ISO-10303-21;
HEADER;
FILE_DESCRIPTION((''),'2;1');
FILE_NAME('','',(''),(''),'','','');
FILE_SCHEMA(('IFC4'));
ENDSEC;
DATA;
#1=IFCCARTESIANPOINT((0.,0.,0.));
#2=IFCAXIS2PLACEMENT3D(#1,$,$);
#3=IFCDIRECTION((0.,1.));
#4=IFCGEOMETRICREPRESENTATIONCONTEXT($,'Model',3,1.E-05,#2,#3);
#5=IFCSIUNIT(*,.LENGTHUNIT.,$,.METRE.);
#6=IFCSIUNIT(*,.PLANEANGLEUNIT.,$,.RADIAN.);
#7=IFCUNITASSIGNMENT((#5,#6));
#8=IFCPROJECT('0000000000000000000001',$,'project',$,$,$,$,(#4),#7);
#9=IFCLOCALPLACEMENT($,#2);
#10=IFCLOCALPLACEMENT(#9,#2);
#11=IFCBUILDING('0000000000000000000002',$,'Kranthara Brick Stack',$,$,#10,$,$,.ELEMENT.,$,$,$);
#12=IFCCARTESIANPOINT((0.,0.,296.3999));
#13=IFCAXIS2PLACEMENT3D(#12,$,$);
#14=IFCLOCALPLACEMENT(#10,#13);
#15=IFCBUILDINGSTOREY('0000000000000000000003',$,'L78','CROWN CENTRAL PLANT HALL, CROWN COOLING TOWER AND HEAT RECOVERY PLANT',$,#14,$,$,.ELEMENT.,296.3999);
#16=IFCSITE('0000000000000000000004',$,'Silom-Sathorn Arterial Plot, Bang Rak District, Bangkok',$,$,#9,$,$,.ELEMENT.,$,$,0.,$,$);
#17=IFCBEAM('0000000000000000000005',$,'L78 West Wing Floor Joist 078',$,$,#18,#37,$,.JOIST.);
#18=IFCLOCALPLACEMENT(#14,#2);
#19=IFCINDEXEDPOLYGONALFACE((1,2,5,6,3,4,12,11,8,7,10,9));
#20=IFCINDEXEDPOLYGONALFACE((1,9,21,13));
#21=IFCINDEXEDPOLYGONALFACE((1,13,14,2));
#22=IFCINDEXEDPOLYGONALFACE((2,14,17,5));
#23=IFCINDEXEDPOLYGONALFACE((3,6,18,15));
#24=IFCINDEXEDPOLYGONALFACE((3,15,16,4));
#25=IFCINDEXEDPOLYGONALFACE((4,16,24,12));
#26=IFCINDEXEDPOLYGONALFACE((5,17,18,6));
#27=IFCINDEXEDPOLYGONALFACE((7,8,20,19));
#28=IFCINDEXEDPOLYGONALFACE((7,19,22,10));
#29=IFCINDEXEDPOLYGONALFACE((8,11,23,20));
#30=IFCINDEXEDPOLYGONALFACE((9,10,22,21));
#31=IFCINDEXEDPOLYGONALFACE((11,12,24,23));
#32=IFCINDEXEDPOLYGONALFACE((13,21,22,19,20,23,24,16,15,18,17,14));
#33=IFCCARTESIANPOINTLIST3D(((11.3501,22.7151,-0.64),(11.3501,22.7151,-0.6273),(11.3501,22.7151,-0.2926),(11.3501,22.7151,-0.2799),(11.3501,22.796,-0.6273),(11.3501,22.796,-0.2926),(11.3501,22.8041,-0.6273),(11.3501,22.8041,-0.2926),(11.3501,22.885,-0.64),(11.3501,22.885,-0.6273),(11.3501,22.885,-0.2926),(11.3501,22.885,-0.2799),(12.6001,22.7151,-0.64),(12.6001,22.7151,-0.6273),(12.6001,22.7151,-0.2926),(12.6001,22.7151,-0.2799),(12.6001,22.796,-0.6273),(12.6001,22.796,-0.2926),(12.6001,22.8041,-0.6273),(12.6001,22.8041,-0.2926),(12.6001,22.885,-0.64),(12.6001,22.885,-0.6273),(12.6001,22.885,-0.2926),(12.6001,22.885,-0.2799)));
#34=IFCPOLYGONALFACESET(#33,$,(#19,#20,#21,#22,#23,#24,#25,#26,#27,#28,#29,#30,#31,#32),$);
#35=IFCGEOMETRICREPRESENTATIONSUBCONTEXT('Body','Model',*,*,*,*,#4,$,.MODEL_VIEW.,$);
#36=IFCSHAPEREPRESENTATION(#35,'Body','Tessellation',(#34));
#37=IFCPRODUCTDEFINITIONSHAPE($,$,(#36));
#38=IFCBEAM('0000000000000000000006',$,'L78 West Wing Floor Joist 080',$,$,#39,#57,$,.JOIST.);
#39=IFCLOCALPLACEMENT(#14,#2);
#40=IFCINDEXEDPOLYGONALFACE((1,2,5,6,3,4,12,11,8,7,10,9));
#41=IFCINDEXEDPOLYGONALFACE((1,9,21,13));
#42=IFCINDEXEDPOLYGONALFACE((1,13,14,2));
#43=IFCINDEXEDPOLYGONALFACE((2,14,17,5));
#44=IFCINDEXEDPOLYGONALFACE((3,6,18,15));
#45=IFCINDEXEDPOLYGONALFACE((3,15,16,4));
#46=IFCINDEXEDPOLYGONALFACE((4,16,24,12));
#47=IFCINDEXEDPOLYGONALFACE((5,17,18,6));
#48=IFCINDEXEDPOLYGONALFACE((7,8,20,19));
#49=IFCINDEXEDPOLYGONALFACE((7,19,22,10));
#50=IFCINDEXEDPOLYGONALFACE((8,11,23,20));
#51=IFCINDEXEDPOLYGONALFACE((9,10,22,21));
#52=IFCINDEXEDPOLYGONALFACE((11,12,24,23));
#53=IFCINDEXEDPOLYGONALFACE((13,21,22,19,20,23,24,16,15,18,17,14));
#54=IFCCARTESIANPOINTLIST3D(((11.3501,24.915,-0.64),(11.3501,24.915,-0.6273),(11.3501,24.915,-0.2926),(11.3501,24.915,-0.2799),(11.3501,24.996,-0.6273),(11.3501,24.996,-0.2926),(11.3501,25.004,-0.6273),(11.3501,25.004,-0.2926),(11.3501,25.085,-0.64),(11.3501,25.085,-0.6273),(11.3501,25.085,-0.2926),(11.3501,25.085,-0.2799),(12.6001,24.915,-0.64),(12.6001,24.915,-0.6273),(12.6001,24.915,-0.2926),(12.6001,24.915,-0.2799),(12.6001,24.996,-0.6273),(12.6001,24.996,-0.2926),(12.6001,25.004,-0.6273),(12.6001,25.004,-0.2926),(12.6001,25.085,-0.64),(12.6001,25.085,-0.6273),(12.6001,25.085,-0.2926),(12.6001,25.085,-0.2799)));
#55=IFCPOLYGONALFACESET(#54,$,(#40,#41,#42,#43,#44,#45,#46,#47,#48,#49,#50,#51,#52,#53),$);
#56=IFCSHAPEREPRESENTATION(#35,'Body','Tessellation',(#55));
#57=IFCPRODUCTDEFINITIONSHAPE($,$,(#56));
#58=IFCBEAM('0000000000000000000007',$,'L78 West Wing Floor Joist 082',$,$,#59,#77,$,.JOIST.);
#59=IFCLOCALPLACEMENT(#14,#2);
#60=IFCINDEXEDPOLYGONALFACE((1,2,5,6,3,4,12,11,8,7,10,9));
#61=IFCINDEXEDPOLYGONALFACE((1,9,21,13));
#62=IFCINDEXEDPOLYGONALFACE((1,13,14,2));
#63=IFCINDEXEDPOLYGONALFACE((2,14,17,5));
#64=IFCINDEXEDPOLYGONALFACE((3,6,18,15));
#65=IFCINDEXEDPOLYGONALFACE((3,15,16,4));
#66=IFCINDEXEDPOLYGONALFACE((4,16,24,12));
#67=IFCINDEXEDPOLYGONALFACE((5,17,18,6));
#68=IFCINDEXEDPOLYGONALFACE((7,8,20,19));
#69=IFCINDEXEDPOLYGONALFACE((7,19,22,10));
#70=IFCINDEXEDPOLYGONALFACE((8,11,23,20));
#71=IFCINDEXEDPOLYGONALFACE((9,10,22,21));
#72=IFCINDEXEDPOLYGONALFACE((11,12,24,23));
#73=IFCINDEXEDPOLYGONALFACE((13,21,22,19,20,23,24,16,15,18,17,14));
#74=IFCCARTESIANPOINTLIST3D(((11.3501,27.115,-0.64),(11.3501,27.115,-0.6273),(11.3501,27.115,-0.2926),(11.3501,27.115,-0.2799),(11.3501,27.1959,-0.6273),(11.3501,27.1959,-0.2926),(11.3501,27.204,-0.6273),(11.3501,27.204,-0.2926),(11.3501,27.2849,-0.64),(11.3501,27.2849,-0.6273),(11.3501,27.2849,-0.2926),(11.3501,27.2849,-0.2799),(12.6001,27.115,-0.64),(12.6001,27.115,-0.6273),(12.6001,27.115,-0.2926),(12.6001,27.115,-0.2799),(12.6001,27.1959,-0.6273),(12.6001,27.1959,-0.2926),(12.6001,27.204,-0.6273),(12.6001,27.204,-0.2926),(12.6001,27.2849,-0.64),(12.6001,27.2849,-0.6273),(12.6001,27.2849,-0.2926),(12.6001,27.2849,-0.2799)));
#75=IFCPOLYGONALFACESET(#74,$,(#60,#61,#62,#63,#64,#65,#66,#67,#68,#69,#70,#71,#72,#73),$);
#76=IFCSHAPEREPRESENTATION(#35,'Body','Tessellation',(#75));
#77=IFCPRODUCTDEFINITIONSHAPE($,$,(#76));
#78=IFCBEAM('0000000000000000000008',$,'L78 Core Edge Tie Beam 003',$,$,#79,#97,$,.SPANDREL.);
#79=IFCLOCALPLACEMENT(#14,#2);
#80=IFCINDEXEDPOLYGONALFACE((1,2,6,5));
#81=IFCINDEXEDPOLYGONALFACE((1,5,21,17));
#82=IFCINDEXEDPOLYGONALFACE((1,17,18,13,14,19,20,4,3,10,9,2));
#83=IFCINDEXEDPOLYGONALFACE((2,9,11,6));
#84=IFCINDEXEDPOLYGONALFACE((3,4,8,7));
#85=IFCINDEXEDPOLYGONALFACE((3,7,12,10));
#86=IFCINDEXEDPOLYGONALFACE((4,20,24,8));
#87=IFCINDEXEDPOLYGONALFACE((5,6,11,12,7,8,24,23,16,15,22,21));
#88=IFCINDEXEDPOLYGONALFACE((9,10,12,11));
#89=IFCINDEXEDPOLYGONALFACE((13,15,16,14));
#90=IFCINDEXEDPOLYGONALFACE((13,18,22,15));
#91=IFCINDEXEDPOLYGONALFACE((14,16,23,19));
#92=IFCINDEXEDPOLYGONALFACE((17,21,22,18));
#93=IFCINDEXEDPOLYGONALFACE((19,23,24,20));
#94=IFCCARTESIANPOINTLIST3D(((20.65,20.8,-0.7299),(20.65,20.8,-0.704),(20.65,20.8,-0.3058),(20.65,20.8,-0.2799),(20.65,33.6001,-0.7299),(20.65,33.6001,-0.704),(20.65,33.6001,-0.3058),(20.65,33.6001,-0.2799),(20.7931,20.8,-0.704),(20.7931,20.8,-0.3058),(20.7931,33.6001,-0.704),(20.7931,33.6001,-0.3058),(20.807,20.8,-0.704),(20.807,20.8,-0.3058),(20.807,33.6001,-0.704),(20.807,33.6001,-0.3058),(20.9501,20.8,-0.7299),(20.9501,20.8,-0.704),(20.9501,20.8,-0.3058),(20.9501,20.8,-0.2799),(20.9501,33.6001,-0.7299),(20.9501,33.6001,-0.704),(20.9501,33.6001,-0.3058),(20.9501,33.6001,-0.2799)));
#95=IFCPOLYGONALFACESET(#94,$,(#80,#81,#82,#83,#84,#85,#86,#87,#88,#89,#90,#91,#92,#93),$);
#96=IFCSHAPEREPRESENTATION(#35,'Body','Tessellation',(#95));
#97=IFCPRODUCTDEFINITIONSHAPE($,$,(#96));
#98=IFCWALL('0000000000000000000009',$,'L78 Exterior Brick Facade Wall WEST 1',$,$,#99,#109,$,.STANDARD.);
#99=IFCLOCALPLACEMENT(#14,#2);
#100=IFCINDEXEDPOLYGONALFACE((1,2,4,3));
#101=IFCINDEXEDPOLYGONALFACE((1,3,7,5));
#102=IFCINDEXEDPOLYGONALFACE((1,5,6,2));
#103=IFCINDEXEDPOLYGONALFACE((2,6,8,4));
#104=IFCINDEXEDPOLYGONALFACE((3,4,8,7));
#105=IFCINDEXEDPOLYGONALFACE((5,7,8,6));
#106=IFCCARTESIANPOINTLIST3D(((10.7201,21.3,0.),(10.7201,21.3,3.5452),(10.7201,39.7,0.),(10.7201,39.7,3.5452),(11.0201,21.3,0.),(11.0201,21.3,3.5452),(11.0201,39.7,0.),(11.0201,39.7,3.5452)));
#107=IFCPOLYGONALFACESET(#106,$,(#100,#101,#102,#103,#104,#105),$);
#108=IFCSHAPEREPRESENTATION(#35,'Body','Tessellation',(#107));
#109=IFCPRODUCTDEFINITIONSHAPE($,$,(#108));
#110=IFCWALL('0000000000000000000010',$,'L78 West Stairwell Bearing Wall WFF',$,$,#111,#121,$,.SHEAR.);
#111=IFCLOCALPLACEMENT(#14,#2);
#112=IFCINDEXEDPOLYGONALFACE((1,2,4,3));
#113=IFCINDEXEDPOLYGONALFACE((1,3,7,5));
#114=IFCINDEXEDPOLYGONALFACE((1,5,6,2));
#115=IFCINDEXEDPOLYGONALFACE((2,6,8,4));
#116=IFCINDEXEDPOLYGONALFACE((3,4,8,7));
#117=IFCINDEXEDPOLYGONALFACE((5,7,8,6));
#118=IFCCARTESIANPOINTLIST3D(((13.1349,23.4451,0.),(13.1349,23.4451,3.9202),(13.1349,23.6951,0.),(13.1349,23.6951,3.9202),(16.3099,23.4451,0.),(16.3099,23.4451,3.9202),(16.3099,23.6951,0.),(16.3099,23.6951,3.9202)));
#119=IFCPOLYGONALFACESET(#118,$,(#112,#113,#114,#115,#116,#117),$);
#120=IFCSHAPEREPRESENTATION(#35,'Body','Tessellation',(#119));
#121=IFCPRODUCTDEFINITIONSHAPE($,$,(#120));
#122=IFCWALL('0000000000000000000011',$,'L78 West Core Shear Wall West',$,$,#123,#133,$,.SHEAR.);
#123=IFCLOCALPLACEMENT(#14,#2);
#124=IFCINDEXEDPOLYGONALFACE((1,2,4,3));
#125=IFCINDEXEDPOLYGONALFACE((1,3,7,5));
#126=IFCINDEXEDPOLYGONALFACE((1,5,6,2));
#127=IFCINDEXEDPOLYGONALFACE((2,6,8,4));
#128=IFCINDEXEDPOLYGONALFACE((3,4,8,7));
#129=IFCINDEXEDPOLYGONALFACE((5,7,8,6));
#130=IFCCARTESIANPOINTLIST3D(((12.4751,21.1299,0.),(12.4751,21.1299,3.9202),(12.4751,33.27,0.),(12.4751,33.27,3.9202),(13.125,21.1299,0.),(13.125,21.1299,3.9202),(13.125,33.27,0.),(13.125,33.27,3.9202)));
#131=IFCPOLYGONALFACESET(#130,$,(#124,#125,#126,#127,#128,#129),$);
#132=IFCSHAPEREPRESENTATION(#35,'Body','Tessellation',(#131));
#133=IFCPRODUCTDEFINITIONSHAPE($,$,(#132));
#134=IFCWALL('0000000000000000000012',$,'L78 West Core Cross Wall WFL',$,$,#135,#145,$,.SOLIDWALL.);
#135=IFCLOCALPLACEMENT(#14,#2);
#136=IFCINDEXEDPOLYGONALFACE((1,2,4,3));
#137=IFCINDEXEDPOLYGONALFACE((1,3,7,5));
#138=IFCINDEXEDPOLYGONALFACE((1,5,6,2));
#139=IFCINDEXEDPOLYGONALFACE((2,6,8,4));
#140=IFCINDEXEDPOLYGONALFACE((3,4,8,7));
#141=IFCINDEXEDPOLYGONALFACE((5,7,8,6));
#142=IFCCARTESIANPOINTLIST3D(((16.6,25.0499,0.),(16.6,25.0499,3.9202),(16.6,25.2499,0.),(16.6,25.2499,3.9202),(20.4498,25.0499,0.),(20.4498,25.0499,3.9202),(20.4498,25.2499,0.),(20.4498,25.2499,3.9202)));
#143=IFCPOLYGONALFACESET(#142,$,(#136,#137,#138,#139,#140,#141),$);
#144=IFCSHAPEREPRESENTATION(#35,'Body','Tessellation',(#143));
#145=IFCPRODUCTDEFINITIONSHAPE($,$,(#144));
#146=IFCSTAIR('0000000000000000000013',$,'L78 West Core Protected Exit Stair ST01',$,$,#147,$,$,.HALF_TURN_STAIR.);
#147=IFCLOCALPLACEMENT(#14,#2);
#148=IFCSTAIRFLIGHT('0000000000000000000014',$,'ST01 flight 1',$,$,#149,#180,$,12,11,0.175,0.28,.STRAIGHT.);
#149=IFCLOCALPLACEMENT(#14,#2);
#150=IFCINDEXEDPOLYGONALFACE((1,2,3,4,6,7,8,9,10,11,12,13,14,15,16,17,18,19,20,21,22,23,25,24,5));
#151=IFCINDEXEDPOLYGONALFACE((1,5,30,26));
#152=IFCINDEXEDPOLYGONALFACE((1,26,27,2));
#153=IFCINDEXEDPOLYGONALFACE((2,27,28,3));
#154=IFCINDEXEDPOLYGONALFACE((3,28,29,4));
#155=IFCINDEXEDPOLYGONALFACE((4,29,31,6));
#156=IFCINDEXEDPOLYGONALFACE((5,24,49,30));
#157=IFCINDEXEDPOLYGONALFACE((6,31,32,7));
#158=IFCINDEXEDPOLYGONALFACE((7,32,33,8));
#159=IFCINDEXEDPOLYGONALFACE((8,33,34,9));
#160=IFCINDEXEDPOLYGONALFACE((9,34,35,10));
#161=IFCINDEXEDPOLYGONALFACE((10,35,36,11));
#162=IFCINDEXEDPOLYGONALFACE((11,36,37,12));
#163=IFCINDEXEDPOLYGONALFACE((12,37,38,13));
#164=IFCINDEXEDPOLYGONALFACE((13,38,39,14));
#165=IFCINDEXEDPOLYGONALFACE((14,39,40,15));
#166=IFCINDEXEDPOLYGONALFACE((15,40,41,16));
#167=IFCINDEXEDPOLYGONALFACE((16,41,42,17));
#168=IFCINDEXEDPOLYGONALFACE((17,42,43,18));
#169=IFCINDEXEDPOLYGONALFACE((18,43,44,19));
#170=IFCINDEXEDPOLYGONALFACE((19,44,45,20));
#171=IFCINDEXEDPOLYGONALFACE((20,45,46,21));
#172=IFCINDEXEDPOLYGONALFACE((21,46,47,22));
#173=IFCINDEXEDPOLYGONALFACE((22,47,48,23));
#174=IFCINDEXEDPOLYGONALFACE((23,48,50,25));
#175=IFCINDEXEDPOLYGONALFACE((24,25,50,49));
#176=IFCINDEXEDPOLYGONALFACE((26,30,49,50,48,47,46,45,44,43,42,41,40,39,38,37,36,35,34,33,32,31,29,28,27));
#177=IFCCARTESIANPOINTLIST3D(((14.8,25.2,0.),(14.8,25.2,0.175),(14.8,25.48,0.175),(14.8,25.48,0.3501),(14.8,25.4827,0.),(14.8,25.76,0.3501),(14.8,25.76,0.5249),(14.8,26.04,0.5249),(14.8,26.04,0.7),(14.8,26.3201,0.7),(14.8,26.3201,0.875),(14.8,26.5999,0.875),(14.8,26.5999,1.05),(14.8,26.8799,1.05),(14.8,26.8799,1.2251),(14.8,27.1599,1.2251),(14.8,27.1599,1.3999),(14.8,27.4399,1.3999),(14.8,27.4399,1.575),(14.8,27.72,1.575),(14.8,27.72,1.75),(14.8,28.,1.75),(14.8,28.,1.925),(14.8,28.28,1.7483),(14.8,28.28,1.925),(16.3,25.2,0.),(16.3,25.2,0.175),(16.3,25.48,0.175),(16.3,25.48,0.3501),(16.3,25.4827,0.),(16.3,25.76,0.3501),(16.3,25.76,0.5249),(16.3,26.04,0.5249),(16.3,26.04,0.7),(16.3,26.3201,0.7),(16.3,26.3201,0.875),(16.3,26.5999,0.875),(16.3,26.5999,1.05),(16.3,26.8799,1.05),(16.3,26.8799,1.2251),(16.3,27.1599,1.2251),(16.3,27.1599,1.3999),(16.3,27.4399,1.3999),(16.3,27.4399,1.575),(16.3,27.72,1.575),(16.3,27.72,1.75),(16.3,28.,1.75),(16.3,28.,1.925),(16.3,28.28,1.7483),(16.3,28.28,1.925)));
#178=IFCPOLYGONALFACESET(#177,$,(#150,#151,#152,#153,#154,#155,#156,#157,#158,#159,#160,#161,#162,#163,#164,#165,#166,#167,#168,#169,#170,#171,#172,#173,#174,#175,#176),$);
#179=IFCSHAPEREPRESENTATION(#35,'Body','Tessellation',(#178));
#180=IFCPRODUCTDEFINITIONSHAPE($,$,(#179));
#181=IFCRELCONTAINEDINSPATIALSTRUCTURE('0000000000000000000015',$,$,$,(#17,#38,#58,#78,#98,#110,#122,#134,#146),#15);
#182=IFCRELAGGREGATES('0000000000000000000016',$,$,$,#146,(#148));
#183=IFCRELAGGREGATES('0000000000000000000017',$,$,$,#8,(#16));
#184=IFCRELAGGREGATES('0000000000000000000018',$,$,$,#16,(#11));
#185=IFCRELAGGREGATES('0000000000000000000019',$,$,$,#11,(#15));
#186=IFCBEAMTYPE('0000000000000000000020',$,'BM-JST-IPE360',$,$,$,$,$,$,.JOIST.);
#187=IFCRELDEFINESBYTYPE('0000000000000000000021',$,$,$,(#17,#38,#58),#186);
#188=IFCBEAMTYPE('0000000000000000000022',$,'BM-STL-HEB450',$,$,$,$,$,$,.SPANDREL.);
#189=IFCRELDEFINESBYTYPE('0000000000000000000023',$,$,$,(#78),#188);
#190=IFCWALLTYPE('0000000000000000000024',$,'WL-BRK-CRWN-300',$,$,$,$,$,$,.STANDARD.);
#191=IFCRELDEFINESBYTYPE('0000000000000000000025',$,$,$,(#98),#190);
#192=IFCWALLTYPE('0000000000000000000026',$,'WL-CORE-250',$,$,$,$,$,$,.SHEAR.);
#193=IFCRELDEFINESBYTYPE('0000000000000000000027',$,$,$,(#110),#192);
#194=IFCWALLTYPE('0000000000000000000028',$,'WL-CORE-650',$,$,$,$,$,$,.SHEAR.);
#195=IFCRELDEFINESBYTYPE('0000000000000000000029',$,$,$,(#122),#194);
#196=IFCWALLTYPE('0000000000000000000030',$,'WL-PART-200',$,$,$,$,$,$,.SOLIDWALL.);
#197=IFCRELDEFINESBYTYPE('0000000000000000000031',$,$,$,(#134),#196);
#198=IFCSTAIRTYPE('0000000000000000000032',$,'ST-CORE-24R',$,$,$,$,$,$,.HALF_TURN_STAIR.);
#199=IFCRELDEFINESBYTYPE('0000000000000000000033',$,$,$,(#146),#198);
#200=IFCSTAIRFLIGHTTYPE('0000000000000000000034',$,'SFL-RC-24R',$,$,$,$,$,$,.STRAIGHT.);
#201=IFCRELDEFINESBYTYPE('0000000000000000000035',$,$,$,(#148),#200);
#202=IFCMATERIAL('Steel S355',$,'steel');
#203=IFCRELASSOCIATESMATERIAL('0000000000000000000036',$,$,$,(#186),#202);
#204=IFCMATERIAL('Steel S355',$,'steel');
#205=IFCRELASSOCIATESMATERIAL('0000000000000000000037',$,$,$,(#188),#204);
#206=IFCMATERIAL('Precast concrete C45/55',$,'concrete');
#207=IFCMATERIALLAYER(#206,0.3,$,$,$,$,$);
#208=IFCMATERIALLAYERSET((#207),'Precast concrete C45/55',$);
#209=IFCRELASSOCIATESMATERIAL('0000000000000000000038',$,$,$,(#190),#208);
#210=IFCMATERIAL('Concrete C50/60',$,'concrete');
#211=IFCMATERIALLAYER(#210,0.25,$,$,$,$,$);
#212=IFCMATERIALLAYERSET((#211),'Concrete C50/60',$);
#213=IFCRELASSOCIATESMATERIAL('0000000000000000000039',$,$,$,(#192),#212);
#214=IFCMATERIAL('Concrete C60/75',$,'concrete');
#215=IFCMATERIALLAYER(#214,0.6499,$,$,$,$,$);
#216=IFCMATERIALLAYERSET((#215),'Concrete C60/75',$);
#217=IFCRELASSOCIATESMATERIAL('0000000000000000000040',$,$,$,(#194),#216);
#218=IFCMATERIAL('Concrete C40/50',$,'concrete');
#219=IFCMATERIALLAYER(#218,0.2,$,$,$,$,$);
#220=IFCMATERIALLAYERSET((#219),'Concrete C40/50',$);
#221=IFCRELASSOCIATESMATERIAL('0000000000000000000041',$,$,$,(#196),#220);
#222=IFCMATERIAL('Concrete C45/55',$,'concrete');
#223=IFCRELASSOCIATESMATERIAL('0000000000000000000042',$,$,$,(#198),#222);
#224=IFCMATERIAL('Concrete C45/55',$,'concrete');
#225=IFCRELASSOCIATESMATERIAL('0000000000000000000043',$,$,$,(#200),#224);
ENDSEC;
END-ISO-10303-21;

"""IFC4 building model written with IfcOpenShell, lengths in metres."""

from ifc_helpers import new_model, si_unit, direction, frame, frame_2d, origin, origin_2d, place, context, subcontext, project, spatial, polyline, rectangle, i_section, outline, extrude, material, layer, layer_set, material_profile, profile_set, type_object, element, aggregate, save


model = new_model("IFC4")

# Units and contexts
model_context = context("Model", 3, precision=1e-05, world=origin(), true_north=direction((0.0, 1.0)))
body_context = subcontext(model_context, "Body", "Model", "MODEL_VIEW")
ifc_project = project(units=[si_unit("LENGTHUNIT", "METRE"), si_unit("PLANEANGLEUNIT", "RADIAN")], contexts=[model_context])

# Site, building, storey
site_placement = place(None, origin())
site = spatial("IfcSite", under=ifc_project, at=site_placement, Name="Silom-Sathorn Arterial Plot, Bang Rak District, Bangkok", CompositionType="ELEMENT", RefElevation=0.0)
building_placement = place(site_placement, origin())
building = spatial("IfcBuilding", under=site, at=building_placement, Name="Kranthara Brick Stack", CompositionType="ELEMENT")
storey_placement = place(building_placement, frame((0.0, 0.0, 296.3999)))
storey = spatial("IfcBuildingStorey", under=building, at=storey_placement, Name="L78", Description="CROWN CENTRAL PLANT HALL, CROWN COOLING TOWER AND HEAT RECOVERY PLANT", CompositionType="ELEMENT", Elevation=296.3999)

# Beams
ifc_material_1 = material(Name="Steel S355", Category="steel")
ifc_material_profile_1 = material_profile(ifc_material_1, i_section(OverallWidth=0.1699, OverallDepth=0.3601, WebThickness=0.0081, FlangeThickness=0.0127, at=origin_2d()), Name="IPE 360")
ifc_profile_set_1 = profile_set([ifc_material_profile_1], Name="Steel S355")
beam_type_1 = type_object("IfcBeamType", Name="BM-JST-IPE360", PredefinedType="JOIST", material=ifc_profile_set_1)
for number, where, z_axis, x_axis, name in (
    (1, (11.3501, 22.8, -0.46), (1.0, 0.0, 0.0), (0.0, 1.0, 0.0), "L78 West Wing Floor Joist 078"),
    (2, (11.3501, 25.0, -0.46), (1.0, 0.0, 0.0), (0.0, 1.0, 0.0), "L78 West Wing Floor Joist 080"),
    (3, (11.3501, 27.2, -0.46), (1.0, 0.0, 0.0), (0.0, 1.0, 0.0), "L78 West Wing Floor Joist 082"),
):
    element("IfcBeam", number, at=place(storey_placement, frame(where, z_axis=z_axis, x_axis=x_axis)), inside=storey, type_object=beam_type_1, Name=name, PredefinedType="JOIST", context=body_context, shape_type="SweptSolid", body=[
        extrude(i_section(OverallWidth=0.1699, OverallDepth=0.3601, WebThickness=0.0081, FlangeThickness=0.0127, at=origin_2d()), origin(), (0.0, 0.0, 1.0), 1.25),
    ])
ifc_material_2 = material(Name="Steel S355", Category="steel")
ifc_material_profile_2 = material_profile(ifc_material_2, i_section(OverallWidth=0.3, OverallDepth=0.45, WebThickness=0.0139, FlangeThickness=0.0259, at=origin_2d()), Name="HEB 450")
ifc_profile_set_2 = profile_set([ifc_material_profile_2], Name="Steel S355")
beam_type_2 = type_object("IfcBeamType", Name="BM-STL-HEB450", PredefinedType="SPANDREL", material=ifc_profile_set_2)
beam_1_placement = place(storey_placement, frame((20.8, 20.8, -0.5049), z_axis=(0.0, 1.0, 0.0), x_axis=(-1.0, 0.0, 0.0)))
element("IfcBeam", 4, at=beam_1_placement, inside=storey, type_object=beam_type_2, Name="L78 Core Edge Tie Beam 003", PredefinedType="SPANDREL", context=body_context, shape_type="SweptSolid", body=[
    extrude(i_section(OverallWidth=0.3, OverallDepth=0.45, WebThickness=0.0139, FlangeThickness=0.0259, at=origin_2d()), origin(), (0.0, 0.0, 1.0), 12.8),
])

# Wall
ifc_material_3 = material(Name="Precast concrete C45/55", Category="concrete")
ifc_layer_1 = layer(ifc_material_3, 0.3)
ifc_layer_set_1 = layer_set([ifc_layer_1], Name="Precast concrete C45/55")
wall_type_1 = type_object("IfcWallType", Name="WL-BRK-CRWN-300", PredefinedType="STANDARD", material=ifc_layer_set_1)
wall_1_placement = place(storey_placement, frame((10.8701, 21.3, 0.0), z_axis=(0.0, 0.0, 1.0), x_axis=(0.0, 1.0, 0.0)))
element("IfcWall", 5, at=wall_1_placement, inside=storey, type_object=wall_type_1, Name="L78 Exterior Brick Facade Wall WEST 1", PredefinedType="STANDARD", context=body_context, shape_type="SweptSolid", body=[
    extrude(rectangle(XDim=18.3999, YDim=0.3, at=frame_2d((9.2, 0.0))), origin(), (0.0, 0.0, 1.0), 3.5452),
])

# Shared definitions
ifc_material_4 = material(Name="Concrete C50/60", Category="concrete")
ifc_layer_2 = layer(ifc_material_4, 0.25)
ifc_layer_set_2 = layer_set([ifc_layer_2], Name="Concrete C50/60")
wall_type_2 = type_object("IfcWallType", Name="WL-CORE-250", PredefinedType="SHEAR", material=ifc_layer_set_2)

# Walls
wall_2_placement = place(storey_placement, frame((13.135, 23.5701, 0.0), z_axis=(0.0, 0.0, 1.0), x_axis=(1.0, 0.0, 0.0)))
element("IfcWall", 6, at=wall_2_placement, inside=storey, type_object=wall_type_2, Name="L78 West Stairwell Bearing Wall WFF", PredefinedType="SHEAR", context=body_context, shape_type="SweptSolid", body=[
    extrude(rectangle(XDim=3.175, YDim=0.25, at=frame_2d((1.5874, 0.0))), origin(), (0.0, 0.0, 1.0), 3.9202),
])
ifc_material_5 = material(Name="Concrete C60/75", Category="concrete")
ifc_layer_3 = layer(ifc_material_5, 0.6499)
ifc_layer_set_3 = layer_set([ifc_layer_3], Name="Concrete C60/75")
wall_type_3 = type_object("IfcWallType", Name="WL-CORE-650", PredefinedType="SHEAR", material=ifc_layer_set_3)
wall_3_placement = place(storey_placement, frame((12.8, 21.1299, 0.0), z_axis=(0.0, 0.0, 1.0), x_axis=(0.0, 1.0, 0.0)))
element("IfcWall", 7, at=wall_3_placement, inside=storey, type_object=wall_type_3, Name="L78 West Core Shear Wall West", PredefinedType="SHEAR", context=body_context, shape_type="SweptSolid", body=[
    extrude(rectangle(XDim=12.1401, YDim=0.6499, at=frame_2d((6.0701, 0.0))), origin(), (0.0, 0.0, 1.0), 3.9202),
])

# Wall
ifc_material_6 = material(Name="Concrete C40/50", Category="concrete")
ifc_layer_4 = layer(ifc_material_6, 0.2)
ifc_layer_set_4 = layer_set([ifc_layer_4], Name="Concrete C40/50")
wall_type_4 = type_object("IfcWallType", Name="WL-PART-200", PredefinedType="SOLIDWALL", material=ifc_layer_set_4)
wall_4_placement = place(storey_placement, frame((16.6001, 25.1499, 0.0), z_axis=(0.0, 0.0, 1.0), x_axis=(1.0, 0.0, 0.0)))
element("IfcWall", 8, at=wall_4_placement, inside=storey, type_object=wall_type_4, Name="L78 West Core Cross Wall WFL", PredefinedType="SOLIDWALL", context=body_context, shape_type="SweptSolid", body=[
    extrude(rectangle(XDim=3.8499, YDim=0.2, at=frame_2d((1.9248, 0.0))), origin(), (0.0, 0.0, 1.0), 3.9202),
])

# Stair, stair flight
ifc_material_7 = material(Name="Concrete C45/55", Category="concrete")
stair_type = type_object("IfcStairType", Name="ST-CORE-24R", PredefinedType="HALF_TURN_STAIR", material=ifc_material_7)
stair_placement = place(storey_placement, origin())
stair = element("IfcStair", 9, at=stair_placement, inside=storey, type_object=stair_type, Name="L78 West Core Protected Exit Stair ST01", PredefinedType="HALF_TURN_STAIR")
ifc_material_8 = material(Name="Concrete C45/55", Category="concrete")
stair_flight_type = type_object("IfcStairFlightType", Name="SFL-RC-24R", PredefinedType="STRAIGHT", material=ifc_material_8)
stair_flight_1_placement = place(storey_placement, frame((15.55, 25.2, 0.0), z_axis=(0.0, 0.0, 1.0), x_axis=(0.0, 1.0, 0.0)))
stair_flight_1 = element("IfcStairFlight", 10, at=stair_flight_1_placement, type_object=stair_flight_type, Name="ST01 flight 1", NumberOfRisers=12, NumberOfTreads=11, PredefinedType="STRAIGHT", RiserHeight=0.175, TreadLength=0.28, context=body_context, shape_type="SweptSolid", body=[
    extrude(outline(polyline([(0.0, 0.0), (0.0, 0.175), (0.28, 0.175), (0.28, 0.3501), (0.5601, 0.3501), (0.5601, 0.5249), (0.8401, 0.5249), (0.8401, 0.7), (1.1201, 0.7), (1.1201, 0.875), (1.3999, 0.875), (1.3999, 1.05), (1.6799, 1.05), (1.6799, 1.2251), (1.96, 1.2251), (1.96, 1.3999), (2.24, 1.3999), (2.24, 1.575), (2.52, 1.575), (2.52, 1.75), (2.8, 1.75), (2.8, 1.925), (3.0801, 1.925), (3.0801, 2.1001), (3.0801, 1.7483), (0.2827, 0.0), (0.0, 0.0)])), frame((0.0, 0.75, 0.0), z_axis=(0.0, -1.0, 0.0), x_axis=(1.0, 0.0, 0.0)), (0.0, 0.0, 1.0), 1.5),
])
aggregate(stair, [stair_flight_1])

save(model, "model.ifc")
